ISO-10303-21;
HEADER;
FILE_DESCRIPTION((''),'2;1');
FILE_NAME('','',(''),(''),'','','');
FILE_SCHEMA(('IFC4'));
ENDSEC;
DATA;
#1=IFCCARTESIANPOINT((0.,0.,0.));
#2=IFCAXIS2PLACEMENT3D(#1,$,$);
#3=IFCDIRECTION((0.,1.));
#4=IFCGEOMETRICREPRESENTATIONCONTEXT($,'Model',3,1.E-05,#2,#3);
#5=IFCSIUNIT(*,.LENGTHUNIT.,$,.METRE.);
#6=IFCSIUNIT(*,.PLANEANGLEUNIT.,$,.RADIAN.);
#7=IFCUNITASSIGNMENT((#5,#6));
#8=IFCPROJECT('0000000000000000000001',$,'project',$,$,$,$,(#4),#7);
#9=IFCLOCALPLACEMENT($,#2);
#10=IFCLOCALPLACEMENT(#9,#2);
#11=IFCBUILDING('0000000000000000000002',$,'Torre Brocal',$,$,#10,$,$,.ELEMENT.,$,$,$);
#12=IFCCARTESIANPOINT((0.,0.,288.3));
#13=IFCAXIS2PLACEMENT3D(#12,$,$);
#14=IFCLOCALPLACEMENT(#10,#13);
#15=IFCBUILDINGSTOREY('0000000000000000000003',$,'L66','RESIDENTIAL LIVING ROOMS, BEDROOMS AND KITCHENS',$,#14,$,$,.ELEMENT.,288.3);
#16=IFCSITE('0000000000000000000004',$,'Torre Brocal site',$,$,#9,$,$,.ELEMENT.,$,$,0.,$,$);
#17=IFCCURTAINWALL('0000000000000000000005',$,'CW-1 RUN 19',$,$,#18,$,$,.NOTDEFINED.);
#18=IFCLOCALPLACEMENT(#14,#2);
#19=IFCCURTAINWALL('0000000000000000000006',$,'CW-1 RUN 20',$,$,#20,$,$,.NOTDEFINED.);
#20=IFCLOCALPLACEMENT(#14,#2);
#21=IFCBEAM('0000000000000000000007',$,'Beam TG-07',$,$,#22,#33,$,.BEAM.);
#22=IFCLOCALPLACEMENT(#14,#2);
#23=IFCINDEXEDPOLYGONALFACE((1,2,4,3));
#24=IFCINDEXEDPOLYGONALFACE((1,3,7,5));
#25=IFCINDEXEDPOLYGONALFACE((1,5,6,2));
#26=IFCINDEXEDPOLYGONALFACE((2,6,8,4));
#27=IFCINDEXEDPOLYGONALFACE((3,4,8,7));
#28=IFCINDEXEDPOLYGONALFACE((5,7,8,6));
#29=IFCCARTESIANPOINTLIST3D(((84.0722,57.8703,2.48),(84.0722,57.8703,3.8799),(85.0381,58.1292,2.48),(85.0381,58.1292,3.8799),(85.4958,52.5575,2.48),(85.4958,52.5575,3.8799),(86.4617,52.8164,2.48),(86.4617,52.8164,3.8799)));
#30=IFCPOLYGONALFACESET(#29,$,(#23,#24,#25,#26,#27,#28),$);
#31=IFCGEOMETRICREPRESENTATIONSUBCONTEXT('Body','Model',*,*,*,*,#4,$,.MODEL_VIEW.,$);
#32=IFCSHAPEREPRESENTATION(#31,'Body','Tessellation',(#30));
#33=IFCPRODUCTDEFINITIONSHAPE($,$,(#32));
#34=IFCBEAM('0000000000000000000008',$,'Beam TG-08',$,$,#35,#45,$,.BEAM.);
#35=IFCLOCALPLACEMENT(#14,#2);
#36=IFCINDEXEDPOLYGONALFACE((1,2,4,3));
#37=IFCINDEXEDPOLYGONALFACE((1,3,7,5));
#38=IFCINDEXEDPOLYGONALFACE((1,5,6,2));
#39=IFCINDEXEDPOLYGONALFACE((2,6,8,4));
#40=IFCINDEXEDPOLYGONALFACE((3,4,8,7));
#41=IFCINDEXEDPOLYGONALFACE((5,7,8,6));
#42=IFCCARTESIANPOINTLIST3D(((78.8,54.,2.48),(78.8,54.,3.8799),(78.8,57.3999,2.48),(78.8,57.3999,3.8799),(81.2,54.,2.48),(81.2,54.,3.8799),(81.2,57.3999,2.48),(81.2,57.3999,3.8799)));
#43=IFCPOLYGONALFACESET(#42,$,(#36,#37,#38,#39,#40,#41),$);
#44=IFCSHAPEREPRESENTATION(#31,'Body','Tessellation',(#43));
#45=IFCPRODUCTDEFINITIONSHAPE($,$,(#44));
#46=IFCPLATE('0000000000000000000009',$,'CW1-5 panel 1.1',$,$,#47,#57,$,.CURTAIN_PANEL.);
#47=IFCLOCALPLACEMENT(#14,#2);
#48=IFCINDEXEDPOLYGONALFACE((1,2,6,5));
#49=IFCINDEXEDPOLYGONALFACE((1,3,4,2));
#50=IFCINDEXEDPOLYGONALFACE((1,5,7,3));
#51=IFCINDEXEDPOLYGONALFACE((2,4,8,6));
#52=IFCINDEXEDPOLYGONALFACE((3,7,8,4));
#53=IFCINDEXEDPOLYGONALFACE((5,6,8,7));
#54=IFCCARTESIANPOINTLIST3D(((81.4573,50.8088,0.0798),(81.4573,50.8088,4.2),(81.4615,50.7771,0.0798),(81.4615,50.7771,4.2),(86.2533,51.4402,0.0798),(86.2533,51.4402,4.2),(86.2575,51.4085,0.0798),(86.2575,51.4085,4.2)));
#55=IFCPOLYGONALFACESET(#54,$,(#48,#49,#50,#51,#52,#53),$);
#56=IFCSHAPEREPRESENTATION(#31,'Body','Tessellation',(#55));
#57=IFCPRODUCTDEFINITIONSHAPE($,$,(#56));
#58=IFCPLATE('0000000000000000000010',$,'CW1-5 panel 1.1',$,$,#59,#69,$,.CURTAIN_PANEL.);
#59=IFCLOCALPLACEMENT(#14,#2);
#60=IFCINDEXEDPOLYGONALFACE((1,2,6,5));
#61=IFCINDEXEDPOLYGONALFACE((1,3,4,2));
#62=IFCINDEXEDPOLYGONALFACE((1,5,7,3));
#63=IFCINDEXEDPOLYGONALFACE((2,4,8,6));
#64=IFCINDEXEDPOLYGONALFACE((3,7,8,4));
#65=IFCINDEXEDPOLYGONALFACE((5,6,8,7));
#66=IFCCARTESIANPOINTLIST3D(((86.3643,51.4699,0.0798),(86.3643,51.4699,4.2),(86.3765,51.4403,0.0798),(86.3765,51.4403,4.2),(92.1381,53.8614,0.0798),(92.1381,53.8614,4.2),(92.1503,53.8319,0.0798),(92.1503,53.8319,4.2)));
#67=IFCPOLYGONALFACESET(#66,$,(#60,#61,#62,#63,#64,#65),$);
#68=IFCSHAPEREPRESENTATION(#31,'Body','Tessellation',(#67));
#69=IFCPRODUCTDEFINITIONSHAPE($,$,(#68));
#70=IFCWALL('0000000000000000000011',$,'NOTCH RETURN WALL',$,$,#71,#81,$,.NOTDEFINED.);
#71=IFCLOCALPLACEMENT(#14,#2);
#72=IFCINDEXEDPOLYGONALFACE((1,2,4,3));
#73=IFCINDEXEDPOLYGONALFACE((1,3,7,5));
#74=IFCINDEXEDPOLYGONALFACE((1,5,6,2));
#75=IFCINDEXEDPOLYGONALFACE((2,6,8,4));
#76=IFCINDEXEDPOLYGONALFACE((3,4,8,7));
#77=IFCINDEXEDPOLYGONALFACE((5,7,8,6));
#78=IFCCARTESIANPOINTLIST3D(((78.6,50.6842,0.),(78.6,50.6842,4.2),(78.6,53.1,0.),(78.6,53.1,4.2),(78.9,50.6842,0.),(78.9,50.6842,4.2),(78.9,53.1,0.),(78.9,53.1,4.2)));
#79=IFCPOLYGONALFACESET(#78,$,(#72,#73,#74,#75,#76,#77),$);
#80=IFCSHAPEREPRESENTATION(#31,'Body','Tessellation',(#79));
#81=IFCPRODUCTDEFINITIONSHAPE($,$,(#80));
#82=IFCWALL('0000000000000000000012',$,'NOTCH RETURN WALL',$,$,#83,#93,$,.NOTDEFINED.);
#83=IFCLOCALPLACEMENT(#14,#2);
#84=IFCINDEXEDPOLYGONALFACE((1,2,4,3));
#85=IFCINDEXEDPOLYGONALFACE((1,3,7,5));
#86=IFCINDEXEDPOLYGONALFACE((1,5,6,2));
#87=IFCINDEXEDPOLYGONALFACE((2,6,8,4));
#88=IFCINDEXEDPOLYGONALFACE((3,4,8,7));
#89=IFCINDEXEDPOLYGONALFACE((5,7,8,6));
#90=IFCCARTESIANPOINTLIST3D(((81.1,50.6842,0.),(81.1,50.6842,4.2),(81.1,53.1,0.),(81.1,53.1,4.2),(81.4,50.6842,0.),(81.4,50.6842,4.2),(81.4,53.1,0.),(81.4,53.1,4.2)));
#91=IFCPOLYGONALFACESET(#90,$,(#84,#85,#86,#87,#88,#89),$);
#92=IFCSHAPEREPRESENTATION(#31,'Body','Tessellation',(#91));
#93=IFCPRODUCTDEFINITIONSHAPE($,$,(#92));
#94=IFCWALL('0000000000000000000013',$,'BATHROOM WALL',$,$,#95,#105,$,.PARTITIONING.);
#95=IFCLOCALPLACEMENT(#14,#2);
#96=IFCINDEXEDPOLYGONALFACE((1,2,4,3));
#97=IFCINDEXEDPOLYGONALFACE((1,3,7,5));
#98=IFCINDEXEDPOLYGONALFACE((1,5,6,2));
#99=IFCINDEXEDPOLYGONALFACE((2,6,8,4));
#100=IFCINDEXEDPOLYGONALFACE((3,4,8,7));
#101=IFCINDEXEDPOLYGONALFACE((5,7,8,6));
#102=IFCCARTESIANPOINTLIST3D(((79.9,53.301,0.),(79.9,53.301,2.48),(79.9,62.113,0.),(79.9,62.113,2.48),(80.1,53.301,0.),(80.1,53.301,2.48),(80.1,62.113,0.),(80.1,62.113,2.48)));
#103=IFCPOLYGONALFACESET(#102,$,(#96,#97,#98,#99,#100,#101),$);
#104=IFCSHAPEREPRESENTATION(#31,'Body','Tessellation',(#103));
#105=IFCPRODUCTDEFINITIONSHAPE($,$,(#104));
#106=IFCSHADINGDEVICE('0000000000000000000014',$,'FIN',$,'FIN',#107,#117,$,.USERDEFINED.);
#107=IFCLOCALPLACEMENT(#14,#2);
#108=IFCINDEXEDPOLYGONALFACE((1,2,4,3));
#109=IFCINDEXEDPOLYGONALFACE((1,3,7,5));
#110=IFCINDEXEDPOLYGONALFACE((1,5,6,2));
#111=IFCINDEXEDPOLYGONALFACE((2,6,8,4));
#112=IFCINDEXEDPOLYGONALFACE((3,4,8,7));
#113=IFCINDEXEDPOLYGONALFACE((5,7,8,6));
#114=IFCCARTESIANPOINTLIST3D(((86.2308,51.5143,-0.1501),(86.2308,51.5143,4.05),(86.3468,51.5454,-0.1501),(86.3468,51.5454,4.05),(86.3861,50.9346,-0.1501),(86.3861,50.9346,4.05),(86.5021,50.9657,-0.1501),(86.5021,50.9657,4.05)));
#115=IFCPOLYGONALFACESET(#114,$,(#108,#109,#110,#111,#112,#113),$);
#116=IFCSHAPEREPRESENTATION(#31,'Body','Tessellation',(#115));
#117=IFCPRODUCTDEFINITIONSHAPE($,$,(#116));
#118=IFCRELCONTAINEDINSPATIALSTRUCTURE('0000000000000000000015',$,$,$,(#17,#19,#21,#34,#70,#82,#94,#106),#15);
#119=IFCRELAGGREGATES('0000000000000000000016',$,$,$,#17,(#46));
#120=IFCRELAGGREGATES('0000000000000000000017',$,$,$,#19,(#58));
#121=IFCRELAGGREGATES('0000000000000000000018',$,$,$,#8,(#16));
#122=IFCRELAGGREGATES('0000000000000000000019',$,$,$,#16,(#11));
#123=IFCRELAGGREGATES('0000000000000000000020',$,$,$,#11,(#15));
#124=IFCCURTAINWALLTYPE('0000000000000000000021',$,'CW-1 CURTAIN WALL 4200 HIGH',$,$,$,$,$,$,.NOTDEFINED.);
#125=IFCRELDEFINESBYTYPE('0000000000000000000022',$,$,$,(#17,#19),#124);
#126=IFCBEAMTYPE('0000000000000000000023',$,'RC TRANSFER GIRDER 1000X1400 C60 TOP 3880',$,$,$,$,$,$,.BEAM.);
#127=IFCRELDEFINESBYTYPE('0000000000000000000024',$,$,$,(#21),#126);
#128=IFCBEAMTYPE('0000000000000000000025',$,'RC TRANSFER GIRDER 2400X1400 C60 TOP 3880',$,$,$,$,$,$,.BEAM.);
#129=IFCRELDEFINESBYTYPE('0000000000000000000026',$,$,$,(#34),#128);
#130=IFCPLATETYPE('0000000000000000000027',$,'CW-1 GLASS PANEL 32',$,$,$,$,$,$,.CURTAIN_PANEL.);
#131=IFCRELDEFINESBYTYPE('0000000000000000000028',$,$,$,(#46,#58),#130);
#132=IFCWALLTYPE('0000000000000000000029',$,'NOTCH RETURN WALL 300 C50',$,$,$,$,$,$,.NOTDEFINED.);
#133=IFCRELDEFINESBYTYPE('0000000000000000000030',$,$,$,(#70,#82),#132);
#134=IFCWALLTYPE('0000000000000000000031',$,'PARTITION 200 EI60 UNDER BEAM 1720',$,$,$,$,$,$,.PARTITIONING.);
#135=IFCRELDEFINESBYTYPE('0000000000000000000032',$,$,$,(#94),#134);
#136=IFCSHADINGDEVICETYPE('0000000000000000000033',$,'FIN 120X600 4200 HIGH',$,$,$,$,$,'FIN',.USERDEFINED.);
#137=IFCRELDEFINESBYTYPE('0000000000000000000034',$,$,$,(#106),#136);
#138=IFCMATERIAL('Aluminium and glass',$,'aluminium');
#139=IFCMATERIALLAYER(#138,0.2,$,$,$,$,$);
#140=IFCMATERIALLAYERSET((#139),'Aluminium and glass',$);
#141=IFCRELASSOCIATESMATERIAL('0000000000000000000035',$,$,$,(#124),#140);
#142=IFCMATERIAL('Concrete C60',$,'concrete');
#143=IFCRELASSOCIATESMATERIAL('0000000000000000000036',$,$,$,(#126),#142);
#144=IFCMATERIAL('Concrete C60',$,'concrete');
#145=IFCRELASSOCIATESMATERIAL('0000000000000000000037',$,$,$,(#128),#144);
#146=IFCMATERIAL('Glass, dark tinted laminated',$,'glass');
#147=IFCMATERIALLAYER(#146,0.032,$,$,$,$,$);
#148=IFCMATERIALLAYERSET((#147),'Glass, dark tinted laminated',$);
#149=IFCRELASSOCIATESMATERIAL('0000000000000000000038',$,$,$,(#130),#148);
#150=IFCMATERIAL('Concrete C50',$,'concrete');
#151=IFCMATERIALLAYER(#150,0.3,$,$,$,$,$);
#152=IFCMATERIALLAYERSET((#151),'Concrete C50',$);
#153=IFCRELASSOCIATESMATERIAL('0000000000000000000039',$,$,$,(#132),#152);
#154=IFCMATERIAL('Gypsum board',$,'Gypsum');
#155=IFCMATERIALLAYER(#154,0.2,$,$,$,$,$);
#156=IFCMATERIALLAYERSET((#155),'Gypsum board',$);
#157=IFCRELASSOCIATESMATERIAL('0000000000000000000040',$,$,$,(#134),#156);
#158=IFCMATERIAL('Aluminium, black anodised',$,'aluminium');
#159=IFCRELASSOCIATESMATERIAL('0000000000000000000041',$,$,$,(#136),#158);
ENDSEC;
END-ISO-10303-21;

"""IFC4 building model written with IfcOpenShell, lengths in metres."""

from ifc_helpers import new_model, si_unit, direction, frame, frame_2d, origin, origin_2d, place, context, subcontext, project, spatial, rectangle, extrude, material, layer, layer_set, material_profile, profile_set, type_object, element, aggregate, save


model = new_model("IFC4")

# Units and contexts
model_context = context("Model", 3, precision=1e-05, world=origin(), true_north=direction((0.0, 1.0)))
body_context = subcontext(model_context, "Body", "Model", "MODEL_VIEW")
ifc_project = project(units=[si_unit("LENGTHUNIT", "METRE"), si_unit("PLANEANGLEUNIT", "RADIAN")], contexts=[model_context])

# Site, building, storey
site_placement = place(None, origin())
site = spatial("IfcSite", under=ifc_project, at=site_placement, Name="Torre Brocal site", CompositionType="ELEMENT", RefElevation=0.0)
building_placement = place(site_placement, origin())
building = spatial("IfcBuilding", under=site, at=building_placement, Name="Torre Brocal", CompositionType="ELEMENT")
storey_placement = place(building_placement, frame((0.0, 0.0, 288.3)))
storey = spatial("IfcBuildingStorey", under=building, at=storey_placement, Name="L66", Description="RESIDENTIAL LIVING ROOMS, BEDROOMS AND KITCHENS", CompositionType="ELEMENT", Elevation=288.3)

# Curtain wall
ifc_material_1 = material(Name="Aluminium and glass", Category="aluminium")
ifc_layer_1 = layer(ifc_material_1, 0.2)
ifc_layer_set_1 = layer_set([ifc_layer_1], Name="Aluminium and glass")
curtain_wall_type = type_object("IfcCurtainWallType", Name="CW-1 CURTAIN WALL 4200 HIGH", PredefinedType="NOTDEFINED", material=ifc_layer_set_1)
curtain_wall_1_placement = place(storey_placement, origin())
curtain_wall_1 = element("IfcCurtainWall", 1, at=curtain_wall_1_placement, inside=storey, type_object=curtain_wall_type, Name="CW-1 RUN 19", PredefinedType="NOTDEFINED")

# Curtain wall
curtain_wall_2_placement = place(storey_placement, origin())
curtain_wall_2 = element("IfcCurtainWall", 2, at=curtain_wall_2_placement, inside=storey, type_object=curtain_wall_type, Name="CW-1 RUN 20", PredefinedType="NOTDEFINED")

# Beams
ifc_material_2 = material(Name="Concrete C60", Category="concrete")
ifc_material_profile_1 = material_profile(ifc_material_2, rectangle(XDim=1.0, YDim=1.3999, at=origin_2d()), Name="RC 1000X1400")
ifc_profile_set_1 = profile_set([ifc_material_profile_1], Name="Concrete C60")
beam_type_1 = type_object("IfcBeamType", Name="RC TRANSFER GIRDER 1000X1400 C60 TOP 3880", PredefinedType="BEAM", material=ifc_profile_set_1)
beam_1_placement = place(storey_placement, frame((84.5552, 57.9998, 3.1799), z_axis=(0.258826, -0.965924, 0.0), x_axis=(0.965924, 0.258826, 0.0)))
element("IfcBeam", 3, at=beam_1_placement, inside=storey, type_object=beam_type_1, Name="Beam TG-07", PredefinedType="BEAM", context=body_context, shape_type="SweptSolid", body=[
    extrude(rectangle(XDim=1.0, YDim=1.3999, at=origin_2d()), origin(), (0.0, 0.0, 1.0), 5.5002),
])
ifc_material_3 = material(Name="Concrete C60", Category="concrete")
ifc_material_profile_2 = material_profile(ifc_material_3, rectangle(XDim=2.3999, YDim=1.3999, at=origin_2d()), Name="RC 2400X1400")
ifc_profile_set_2 = profile_set([ifc_material_profile_2], Name="Concrete C60")
beam_type_2 = type_object("IfcBeamType", Name="RC TRANSFER GIRDER 2400X1400 C60 TOP 3880", PredefinedType="BEAM", material=ifc_profile_set_2)
beam_2_placement = place(storey_placement, frame((80.0, 57.3999, 3.1799), z_axis=(0.0, -1.0, 0.0), x_axis=(1.0, 0.0, 0.0)))
element("IfcBeam", 4, at=beam_2_placement, inside=storey, type_object=beam_type_2, Name="Beam TG-08", PredefinedType="BEAM", context=body_context, shape_type="SweptSolid", body=[
    extrude(rectangle(XDim=2.3999, YDim=1.3999, at=origin_2d()), origin(), (0.0, 0.0, 1.0), 3.3999),
])

# Plates
ifc_material_4 = material(Name="Glass, dark tinted laminated", Category="glass")
ifc_layer_2 = layer(ifc_material_4, 0.032)
ifc_layer_set_2 = layer_set([ifc_layer_2], Name="Glass, dark tinted laminated")
plate_type = type_object("IfcPlateType", Name="CW-1 GLASS PANEL 32", PredefinedType="CURTAIN_PANEL", material=ifc_layer_set_2)
plate_1_placement = place(storey_placement, frame((83.8574, 51.1086, 0.0798), z_axis=(0.0, 0.0, 1.0), x_axis=(0.991445, 0.130526, 0.0)))
plate_1 = element("IfcPlate", 5, at=plate_1_placement, type_object=plate_type, Name="CW1-5 panel 1.1", PredefinedType="CURTAIN_PANEL", context=body_context, shape_type="SweptSolid", body=[
    extrude(rectangle(XDim=4.8374, YDim=0.032, at=origin_2d()), origin(), (0.0, 0.0, 1.0), 4.1201),
])
aggregate(curtain_wall_1, [plate_1])
plate_2_placement = place(storey_placement, frame((89.2573, 52.6509, 0.0798), z_axis=(0.0, 0.0, 1.0), x_axis=(0.92388, 0.382683, 0.0)))
plate_2 = element("IfcPlate", 6, at=plate_2_placement, type_object=plate_type, Name="CW1-5 panel 1.1", PredefinedType="CURTAIN_PANEL", context=body_context, shape_type="SweptSolid", body=[
    extrude(rectangle(XDim=6.2495, YDim=0.032, at=origin_2d()), origin(), (0.0, 0.0, 1.0), 4.1201),
])
aggregate(curtain_wall_2, [plate_2])

# Walls
ifc_material_5 = material(Name="Concrete C50", Category="concrete")
ifc_layer_3 = layer(ifc_material_5, 0.3)
ifc_layer_set_3 = layer_set([ifc_layer_3], Name="Concrete C50")
wall_type_1 = type_object("IfcWallType", Name="NOTCH RETURN WALL 300 C50", PredefinedType="NOTDEFINED", material=ifc_layer_set_3)
for number, where, z_axis, x_axis, name in (
    (7, (78.75, 53.1001, 0.0), (0.0, 0.0, 1.0), (0.0, -1.0, 0.0), "NOTCH RETURN WALL"),
    (8, (81.25, 53.1001, 0.0), (0.0, 0.0, 1.0), (0.0, -1.0, 0.0), "NOTCH RETURN WALL"),
):
    element("IfcWall", number, at=place(storey_placement, frame(where, z_axis=z_axis, x_axis=x_axis)), inside=storey, type_object=wall_type_1, Name=name, PredefinedType="NOTDEFINED", context=body_context, shape_type="SweptSolid", body=[
        extrude(rectangle(XDim=2.4158, YDim=0.3, at=frame_2d((1.208, 0.0))), origin(), (0.0, 0.0, 1.0), 4.2),
    ])
ifc_material_6 = material(Name="Gypsum board", Category="Gypsum")
ifc_layer_4 = layer(ifc_material_6, 0.2)
ifc_layer_set_4 = layer_set([ifc_layer_4], Name="Gypsum board")
wall_type_2 = type_object("IfcWallType", Name="PARTITION 200 EI60 UNDER BEAM 1720", PredefinedType="PARTITIONING", material=ifc_layer_set_4)
wall_placement = place(storey_placement, frame((80.0, 53.301, 0.0), z_axis=(0.0, 0.0, 1.0), x_axis=(0.0, 1.0, 0.0)))
element("IfcWall", 9, at=wall_placement, inside=storey, type_object=wall_type_2, Name="BATHROOM WALL", PredefinedType="PARTITIONING", context=body_context, shape_type="SweptSolid", body=[
    extrude(rectangle(XDim=8.812, YDim=0.2, at=frame_2d((4.406, 0.0))), origin(), (0.0, 0.0, 1.0), 2.48),
])

# Shading device
ifc_material_7 = material(Name="Aluminium, black anodised", Category="aluminium")
ifc_material_profile_3 = material_profile(ifc_material_7, rectangle(XDim=0.1201, YDim=0.6001, at=origin_2d()), Name="FIN 120X600 4200 HIGH")
ifc_profile_set_3 = profile_set([ifc_material_profile_3], Name="Aluminium, black anodised")
shading_device_type = type_object("IfcShadingDeviceType", Name="FIN 120X600 4200 HIGH", ElementType="FIN", PredefinedType="USERDEFINED", material=ifc_profile_set_3)
shading_device_placement = place(storey_placement, frame((86.3665, 51.24, -0.1501), z_axis=(0.0, 0.0, 1.0), x_axis=(0.965926, 0.258819, 0.0)))
element("IfcShadingDevice", 10, at=shading_device_placement, inside=storey, type_object=shading_device_type, Name="FIN", ObjectType="FIN", PredefinedType="USERDEFINED", context=body_context, shape_type="SweptSolid", body=[
    extrude(rectangle(XDim=0.1201, YDim=0.6001, at=origin_2d()), origin(), (0.0, 0.0, 1.0), 4.2002),
])

save(model, "model.ifc")
